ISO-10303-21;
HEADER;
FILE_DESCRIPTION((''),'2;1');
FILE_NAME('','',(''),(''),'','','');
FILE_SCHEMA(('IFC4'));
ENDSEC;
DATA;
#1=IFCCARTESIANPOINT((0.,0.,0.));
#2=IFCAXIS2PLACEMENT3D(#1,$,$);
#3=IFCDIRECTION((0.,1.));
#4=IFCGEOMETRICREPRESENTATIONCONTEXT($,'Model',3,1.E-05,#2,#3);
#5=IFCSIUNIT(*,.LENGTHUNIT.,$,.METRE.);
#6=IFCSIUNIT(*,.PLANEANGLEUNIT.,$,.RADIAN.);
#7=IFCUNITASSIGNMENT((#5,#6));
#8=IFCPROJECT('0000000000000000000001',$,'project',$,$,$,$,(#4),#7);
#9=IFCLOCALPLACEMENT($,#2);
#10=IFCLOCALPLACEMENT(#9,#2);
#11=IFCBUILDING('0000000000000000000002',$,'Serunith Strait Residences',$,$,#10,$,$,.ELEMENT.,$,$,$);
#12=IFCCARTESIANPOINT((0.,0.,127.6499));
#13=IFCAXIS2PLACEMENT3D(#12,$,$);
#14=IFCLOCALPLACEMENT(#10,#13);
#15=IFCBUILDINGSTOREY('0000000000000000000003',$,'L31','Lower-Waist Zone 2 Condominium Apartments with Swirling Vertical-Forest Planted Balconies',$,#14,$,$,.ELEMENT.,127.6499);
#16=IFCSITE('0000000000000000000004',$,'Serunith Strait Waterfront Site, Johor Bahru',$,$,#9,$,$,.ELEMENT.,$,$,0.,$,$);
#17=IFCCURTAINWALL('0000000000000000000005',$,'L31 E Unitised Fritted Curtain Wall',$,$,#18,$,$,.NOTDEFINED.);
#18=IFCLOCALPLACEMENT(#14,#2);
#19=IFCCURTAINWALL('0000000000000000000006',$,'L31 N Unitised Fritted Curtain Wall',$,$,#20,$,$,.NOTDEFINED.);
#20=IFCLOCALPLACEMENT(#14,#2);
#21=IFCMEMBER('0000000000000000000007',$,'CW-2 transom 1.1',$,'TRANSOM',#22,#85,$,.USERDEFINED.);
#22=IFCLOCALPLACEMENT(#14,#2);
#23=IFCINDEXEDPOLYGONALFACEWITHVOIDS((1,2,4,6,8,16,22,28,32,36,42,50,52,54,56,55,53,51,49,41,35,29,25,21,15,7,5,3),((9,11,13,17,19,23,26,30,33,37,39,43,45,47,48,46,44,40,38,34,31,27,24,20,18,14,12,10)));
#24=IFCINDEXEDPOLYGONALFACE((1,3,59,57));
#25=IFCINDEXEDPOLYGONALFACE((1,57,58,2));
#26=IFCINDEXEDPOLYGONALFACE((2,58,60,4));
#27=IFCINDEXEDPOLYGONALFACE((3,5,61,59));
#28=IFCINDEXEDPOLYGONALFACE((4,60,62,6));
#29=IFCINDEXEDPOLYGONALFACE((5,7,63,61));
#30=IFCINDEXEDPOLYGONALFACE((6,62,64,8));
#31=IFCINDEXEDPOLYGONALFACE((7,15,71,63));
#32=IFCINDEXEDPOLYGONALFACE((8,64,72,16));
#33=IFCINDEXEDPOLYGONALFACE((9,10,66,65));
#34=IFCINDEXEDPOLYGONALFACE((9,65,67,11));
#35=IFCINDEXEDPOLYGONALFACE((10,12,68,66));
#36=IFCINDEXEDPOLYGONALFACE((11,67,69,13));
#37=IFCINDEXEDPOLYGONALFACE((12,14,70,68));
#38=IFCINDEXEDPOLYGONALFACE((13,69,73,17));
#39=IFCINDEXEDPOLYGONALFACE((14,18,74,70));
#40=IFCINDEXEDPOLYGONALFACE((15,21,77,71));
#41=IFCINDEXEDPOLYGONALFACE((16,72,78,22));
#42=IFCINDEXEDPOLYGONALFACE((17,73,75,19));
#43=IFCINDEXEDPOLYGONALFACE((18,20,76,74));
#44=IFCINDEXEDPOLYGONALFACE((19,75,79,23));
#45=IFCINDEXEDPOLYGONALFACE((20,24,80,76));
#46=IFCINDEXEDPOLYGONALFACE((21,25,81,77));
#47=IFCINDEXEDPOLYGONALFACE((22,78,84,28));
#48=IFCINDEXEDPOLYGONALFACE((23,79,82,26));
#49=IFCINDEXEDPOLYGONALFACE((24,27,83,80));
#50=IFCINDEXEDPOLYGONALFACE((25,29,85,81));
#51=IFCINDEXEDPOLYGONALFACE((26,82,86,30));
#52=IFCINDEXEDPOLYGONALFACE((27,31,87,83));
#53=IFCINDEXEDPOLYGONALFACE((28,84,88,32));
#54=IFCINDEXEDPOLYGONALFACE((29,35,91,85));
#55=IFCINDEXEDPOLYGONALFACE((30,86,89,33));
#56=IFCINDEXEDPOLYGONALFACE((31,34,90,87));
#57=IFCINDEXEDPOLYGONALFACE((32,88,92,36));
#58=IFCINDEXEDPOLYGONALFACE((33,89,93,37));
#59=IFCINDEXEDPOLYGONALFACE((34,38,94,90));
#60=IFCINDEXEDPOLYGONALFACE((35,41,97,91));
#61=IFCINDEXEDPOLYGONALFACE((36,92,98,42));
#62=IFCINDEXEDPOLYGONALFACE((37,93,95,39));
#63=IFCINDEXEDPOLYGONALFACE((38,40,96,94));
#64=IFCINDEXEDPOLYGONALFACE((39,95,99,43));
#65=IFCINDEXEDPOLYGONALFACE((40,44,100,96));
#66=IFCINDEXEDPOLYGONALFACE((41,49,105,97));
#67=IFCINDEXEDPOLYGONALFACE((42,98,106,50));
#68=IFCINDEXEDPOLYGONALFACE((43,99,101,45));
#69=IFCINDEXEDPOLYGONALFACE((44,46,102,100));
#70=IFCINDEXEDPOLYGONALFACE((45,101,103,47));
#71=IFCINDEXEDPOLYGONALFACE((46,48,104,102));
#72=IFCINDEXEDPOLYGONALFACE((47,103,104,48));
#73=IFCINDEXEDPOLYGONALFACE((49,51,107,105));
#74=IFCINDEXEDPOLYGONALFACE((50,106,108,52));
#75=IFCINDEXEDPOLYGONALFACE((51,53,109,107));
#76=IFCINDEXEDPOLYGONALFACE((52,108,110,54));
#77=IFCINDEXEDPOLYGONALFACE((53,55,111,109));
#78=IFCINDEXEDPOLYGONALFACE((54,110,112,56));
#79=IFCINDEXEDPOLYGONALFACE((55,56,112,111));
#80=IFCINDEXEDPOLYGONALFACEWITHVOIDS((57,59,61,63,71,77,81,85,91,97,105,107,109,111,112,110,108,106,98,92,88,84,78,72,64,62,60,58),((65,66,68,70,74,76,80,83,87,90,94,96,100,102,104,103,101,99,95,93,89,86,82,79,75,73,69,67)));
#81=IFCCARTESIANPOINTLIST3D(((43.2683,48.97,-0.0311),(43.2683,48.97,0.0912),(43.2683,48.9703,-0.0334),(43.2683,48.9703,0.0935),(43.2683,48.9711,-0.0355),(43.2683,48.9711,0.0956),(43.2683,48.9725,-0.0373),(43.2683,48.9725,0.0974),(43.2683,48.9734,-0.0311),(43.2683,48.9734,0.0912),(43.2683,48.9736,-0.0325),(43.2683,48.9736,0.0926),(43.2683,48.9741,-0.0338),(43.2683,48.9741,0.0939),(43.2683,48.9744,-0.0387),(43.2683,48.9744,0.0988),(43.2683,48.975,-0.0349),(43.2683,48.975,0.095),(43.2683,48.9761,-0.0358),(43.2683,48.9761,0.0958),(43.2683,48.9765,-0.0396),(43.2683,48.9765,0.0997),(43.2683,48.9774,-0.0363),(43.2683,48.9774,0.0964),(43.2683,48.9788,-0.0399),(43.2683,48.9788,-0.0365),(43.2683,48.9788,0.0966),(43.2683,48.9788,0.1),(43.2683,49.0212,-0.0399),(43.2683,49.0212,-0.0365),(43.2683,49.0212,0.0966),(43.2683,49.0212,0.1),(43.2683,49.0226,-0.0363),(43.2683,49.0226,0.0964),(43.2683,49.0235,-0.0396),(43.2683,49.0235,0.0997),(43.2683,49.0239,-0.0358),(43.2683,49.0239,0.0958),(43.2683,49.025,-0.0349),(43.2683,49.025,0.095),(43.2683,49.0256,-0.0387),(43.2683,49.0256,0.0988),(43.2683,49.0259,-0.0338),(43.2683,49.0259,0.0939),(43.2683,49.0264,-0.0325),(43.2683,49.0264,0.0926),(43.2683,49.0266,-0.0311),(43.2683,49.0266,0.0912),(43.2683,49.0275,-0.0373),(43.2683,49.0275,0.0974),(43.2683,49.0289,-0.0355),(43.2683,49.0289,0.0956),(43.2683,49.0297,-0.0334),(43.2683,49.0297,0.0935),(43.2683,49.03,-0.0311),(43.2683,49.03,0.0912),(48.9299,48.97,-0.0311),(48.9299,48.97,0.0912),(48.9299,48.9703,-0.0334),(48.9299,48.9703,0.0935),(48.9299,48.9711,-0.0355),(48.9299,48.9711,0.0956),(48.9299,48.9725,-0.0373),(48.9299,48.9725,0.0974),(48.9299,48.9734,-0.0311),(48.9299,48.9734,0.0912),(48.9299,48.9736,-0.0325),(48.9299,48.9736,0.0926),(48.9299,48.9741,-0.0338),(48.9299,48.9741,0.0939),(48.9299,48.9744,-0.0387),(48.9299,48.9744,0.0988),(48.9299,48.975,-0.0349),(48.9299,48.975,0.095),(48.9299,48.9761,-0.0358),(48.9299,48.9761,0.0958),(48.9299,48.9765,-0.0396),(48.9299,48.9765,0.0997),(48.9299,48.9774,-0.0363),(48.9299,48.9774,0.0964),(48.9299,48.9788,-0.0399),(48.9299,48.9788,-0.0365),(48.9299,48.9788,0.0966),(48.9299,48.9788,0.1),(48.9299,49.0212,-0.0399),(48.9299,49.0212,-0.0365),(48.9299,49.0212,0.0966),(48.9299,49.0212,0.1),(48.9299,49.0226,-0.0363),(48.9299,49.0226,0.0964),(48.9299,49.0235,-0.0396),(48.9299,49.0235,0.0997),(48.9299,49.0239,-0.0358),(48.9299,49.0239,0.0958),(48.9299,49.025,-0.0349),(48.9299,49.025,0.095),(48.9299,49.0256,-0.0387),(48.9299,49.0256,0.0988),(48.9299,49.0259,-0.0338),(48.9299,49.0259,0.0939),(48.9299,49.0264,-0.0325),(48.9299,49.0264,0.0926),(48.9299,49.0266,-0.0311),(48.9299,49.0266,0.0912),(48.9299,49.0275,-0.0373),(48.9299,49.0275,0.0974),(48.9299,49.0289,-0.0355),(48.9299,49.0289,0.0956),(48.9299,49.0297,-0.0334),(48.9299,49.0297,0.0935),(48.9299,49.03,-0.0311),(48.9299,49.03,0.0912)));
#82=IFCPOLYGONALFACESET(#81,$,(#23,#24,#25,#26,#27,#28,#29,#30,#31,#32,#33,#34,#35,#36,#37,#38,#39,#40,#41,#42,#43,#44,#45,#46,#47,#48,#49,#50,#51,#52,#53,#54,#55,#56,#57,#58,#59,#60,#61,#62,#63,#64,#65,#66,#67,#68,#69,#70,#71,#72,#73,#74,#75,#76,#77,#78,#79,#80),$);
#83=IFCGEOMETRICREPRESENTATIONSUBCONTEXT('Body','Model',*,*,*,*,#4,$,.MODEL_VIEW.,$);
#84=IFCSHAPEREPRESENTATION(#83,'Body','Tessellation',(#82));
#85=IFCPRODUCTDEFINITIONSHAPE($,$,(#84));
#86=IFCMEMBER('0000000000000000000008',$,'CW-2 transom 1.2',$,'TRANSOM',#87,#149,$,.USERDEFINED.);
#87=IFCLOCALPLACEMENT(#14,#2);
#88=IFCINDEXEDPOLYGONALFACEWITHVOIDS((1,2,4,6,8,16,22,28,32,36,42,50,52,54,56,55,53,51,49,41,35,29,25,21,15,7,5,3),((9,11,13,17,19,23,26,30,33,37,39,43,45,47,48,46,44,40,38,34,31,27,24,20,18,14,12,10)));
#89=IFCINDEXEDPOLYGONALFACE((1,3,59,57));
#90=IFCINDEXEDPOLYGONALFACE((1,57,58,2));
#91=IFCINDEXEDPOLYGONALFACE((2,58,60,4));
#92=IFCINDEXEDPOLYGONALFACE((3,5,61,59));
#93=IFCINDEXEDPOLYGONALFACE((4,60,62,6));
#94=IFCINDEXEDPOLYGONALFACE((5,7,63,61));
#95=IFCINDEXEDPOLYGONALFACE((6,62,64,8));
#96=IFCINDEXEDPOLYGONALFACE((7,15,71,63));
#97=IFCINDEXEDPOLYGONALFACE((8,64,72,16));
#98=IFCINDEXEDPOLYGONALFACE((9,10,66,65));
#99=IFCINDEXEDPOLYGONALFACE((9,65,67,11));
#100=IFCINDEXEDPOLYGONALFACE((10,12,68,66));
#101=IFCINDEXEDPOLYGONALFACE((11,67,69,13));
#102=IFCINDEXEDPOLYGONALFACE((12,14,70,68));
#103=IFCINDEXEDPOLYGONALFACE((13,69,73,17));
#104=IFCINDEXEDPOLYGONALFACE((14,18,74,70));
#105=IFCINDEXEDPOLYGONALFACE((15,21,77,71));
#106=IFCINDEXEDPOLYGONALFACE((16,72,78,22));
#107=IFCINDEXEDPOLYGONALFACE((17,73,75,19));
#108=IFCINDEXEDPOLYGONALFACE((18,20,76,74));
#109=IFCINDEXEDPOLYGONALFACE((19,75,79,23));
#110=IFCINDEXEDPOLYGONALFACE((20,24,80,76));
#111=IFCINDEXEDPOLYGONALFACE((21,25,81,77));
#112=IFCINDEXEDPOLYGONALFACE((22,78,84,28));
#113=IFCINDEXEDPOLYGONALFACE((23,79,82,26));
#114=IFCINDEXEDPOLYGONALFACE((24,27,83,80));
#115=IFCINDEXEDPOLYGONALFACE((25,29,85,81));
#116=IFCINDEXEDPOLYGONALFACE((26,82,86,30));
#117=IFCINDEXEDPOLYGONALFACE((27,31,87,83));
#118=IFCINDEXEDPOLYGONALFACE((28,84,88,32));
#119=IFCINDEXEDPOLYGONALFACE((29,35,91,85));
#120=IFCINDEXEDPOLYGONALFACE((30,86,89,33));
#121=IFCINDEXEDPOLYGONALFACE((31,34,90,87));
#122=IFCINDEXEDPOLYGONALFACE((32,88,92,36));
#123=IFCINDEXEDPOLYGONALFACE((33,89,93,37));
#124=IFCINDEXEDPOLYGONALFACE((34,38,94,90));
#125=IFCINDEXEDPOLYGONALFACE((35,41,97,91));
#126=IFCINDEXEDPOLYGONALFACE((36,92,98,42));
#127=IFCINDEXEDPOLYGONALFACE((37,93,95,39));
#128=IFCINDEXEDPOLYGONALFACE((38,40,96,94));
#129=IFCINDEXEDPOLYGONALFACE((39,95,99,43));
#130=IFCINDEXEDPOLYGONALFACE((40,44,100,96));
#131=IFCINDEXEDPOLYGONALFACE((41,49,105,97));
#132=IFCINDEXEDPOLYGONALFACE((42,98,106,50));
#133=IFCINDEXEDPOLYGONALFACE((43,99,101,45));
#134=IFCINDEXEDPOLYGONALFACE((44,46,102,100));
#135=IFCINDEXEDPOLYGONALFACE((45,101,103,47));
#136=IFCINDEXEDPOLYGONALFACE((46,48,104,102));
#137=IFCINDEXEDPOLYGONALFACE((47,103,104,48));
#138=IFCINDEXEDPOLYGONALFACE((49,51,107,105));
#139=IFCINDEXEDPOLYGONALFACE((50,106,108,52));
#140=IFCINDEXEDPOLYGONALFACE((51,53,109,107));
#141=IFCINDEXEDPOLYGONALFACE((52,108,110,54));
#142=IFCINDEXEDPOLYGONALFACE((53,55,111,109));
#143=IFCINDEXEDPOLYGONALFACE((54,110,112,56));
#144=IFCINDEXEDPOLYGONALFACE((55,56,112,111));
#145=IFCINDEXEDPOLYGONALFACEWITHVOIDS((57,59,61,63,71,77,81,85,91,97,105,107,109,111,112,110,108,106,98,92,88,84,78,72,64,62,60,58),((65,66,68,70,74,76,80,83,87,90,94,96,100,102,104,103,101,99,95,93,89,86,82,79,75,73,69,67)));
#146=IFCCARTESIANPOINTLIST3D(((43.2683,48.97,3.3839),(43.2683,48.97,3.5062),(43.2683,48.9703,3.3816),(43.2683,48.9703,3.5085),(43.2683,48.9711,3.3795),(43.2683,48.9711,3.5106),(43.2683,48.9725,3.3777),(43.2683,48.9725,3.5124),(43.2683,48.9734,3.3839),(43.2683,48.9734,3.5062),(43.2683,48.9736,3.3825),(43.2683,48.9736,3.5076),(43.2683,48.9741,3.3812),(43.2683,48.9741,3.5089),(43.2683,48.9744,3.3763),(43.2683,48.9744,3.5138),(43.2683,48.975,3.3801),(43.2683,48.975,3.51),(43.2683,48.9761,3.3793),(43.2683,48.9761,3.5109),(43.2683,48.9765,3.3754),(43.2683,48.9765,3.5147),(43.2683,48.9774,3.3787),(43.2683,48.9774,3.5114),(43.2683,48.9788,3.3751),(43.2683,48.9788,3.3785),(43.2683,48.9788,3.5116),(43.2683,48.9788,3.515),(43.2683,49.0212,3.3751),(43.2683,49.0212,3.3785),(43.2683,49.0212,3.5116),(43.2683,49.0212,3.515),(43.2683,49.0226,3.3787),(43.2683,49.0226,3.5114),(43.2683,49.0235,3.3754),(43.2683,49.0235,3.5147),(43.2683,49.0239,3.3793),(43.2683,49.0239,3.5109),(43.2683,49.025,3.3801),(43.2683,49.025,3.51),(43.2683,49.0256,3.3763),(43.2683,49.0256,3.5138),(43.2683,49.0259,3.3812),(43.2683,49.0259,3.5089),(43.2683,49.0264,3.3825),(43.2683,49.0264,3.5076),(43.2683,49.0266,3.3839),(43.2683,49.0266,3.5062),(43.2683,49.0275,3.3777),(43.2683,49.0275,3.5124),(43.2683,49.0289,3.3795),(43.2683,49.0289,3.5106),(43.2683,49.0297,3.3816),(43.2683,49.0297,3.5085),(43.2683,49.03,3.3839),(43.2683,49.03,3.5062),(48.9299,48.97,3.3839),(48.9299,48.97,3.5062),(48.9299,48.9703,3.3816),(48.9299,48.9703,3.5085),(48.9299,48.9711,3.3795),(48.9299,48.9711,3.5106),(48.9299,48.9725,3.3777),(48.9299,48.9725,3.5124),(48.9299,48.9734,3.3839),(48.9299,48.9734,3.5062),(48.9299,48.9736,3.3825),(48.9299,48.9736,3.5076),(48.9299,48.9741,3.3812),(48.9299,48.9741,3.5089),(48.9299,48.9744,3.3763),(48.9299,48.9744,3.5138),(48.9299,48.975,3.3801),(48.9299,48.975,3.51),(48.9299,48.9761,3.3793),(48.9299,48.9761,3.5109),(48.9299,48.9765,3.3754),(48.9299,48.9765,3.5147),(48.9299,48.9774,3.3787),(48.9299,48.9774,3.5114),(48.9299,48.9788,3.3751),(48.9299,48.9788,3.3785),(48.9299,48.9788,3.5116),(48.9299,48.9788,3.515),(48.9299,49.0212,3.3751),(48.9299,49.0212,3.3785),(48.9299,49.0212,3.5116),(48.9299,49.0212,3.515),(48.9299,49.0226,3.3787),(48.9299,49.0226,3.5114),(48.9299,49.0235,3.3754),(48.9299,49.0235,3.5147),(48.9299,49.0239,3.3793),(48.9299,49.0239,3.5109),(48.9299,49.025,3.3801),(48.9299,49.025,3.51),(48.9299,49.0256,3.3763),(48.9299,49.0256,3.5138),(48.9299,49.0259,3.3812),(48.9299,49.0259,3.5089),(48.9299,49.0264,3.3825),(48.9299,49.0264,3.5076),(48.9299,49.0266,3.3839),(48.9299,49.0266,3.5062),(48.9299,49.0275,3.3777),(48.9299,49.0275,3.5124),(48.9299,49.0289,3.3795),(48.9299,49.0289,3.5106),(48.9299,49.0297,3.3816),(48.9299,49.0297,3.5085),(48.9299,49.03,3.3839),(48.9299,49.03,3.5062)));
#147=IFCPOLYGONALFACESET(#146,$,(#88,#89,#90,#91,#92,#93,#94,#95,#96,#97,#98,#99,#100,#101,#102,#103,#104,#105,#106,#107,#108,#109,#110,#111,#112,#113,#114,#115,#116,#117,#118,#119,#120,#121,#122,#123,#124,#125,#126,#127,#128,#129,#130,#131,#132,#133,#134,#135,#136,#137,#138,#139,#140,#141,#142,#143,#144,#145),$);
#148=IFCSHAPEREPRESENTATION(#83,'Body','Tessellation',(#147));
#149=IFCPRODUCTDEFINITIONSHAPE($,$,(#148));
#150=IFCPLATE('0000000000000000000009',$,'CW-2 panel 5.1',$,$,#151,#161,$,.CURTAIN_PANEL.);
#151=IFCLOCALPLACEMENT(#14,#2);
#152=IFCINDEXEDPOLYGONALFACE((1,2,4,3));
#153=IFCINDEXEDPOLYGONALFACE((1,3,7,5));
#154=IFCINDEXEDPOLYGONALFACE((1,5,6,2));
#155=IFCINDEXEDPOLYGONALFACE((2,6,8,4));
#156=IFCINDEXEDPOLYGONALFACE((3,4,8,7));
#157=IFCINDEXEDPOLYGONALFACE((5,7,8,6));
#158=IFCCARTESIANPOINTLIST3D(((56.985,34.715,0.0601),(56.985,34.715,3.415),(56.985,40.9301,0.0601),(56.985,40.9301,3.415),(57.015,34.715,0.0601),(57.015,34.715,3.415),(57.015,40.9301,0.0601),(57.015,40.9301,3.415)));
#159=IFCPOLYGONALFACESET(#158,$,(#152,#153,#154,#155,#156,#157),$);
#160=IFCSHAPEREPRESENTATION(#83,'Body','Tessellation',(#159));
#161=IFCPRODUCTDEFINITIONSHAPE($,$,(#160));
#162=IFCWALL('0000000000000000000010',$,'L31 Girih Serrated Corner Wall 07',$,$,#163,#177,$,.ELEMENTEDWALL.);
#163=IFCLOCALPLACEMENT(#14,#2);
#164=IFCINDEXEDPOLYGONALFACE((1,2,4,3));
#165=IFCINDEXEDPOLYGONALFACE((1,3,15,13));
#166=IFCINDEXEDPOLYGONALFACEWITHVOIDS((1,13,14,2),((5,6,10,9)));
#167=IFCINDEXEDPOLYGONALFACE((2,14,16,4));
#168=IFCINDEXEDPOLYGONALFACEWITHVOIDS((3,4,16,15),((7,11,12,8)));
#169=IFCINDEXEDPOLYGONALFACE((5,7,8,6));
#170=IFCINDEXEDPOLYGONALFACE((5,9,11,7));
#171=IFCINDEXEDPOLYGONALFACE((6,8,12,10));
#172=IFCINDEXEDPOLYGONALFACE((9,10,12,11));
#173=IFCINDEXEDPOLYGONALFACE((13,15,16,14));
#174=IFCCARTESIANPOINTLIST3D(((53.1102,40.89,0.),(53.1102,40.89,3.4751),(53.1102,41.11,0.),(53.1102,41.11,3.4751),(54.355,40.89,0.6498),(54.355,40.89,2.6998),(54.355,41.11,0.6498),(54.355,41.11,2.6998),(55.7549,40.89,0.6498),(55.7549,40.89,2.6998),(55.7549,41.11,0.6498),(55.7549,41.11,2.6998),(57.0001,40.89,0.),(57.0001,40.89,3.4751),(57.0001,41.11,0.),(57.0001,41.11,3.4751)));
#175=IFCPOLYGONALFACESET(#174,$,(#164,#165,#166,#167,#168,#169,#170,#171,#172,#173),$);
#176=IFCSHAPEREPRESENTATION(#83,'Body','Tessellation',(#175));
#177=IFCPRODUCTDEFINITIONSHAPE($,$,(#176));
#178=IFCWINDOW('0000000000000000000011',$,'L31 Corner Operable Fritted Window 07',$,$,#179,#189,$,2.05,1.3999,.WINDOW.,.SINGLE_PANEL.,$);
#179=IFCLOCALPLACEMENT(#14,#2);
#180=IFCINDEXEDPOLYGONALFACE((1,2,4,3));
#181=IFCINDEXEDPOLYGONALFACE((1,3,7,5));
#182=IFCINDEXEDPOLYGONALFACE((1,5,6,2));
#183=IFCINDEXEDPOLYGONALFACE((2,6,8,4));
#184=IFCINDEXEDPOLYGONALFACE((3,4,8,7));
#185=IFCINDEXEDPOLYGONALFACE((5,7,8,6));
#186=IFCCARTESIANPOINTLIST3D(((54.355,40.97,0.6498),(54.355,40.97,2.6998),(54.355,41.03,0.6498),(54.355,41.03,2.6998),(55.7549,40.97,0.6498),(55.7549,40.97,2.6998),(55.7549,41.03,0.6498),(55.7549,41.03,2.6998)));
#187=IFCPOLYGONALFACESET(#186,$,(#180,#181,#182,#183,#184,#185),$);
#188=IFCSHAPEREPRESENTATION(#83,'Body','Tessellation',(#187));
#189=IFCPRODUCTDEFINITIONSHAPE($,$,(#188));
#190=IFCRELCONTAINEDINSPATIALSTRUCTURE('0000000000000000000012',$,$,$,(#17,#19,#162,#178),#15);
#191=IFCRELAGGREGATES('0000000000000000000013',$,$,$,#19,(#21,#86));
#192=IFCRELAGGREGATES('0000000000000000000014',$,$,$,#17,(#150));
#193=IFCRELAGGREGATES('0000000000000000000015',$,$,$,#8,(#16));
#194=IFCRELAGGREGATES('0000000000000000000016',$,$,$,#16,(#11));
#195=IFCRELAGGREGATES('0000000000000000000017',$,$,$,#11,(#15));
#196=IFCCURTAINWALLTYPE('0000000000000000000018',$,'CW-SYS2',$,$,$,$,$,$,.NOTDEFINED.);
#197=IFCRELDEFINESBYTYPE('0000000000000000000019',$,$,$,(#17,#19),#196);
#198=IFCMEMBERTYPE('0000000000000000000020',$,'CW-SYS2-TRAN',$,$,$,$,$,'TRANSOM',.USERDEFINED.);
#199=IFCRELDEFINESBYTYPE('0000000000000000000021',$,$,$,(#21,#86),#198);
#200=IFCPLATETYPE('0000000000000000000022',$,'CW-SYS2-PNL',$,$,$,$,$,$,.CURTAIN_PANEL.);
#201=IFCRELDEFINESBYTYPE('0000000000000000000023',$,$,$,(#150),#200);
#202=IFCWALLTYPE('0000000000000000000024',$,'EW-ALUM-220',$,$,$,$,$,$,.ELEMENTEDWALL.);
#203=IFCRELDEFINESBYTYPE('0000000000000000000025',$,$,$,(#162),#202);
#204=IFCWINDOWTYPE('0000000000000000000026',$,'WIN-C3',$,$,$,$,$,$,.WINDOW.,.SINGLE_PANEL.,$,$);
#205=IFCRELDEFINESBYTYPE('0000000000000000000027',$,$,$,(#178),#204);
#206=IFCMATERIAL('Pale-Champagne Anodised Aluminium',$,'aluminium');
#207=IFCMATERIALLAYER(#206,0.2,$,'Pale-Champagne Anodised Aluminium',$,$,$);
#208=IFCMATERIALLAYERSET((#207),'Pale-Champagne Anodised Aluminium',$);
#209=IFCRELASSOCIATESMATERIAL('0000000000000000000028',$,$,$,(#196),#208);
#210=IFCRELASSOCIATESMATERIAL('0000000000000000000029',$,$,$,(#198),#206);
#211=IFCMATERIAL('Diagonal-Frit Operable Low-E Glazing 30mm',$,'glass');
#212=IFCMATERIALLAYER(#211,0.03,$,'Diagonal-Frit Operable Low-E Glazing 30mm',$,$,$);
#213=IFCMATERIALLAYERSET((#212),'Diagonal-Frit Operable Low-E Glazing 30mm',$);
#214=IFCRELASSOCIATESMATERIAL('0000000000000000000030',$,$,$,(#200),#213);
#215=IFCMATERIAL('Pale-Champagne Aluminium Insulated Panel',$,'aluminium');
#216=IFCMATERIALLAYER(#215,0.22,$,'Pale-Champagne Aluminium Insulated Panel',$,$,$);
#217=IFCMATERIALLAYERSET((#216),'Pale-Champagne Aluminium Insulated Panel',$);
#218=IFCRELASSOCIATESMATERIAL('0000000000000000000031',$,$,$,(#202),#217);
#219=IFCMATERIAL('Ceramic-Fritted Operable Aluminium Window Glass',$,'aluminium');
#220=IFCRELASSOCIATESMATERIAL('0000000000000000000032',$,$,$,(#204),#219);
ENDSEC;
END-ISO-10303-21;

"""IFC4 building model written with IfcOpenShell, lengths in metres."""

from ifc_helpers import new_model, si_unit, direction, frame, frame_2d, origin, origin_2d, place, context, subcontext, project, spatial, rectangle, hollow_rectangle, extrude, source, transform, mapped, material, layer, layer_set, material_profile, profile_set, type_object, element, fill, aggregate, save


model = new_model("IFC4")

# Units and contexts
model_context = context("Model", 3, precision=1e-05, world=origin(), true_north=direction((0.0, 1.0)))
body_context = subcontext(model_context, "Body", "Model", "MODEL_VIEW")
ifc_project = project(units=[si_unit("LENGTHUNIT", "METRE"), si_unit("PLANEANGLEUNIT", "RADIAN")], contexts=[model_context])

# Site, building, storey
site_placement = place(None, origin())
site = spatial("IfcSite", under=ifc_project, at=site_placement, Name="Serunith Strait Waterfront Site, Johor Bahru", CompositionType="ELEMENT", RefElevation=0.0)
building_placement = place(site_placement, origin())
building = spatial("IfcBuilding", under=site, at=building_placement, Name="Serunith Strait Residences", CompositionType="ELEMENT")
storey_placement = place(building_placement, frame((0.0, 0.0, 127.6499)))
storey = spatial("IfcBuildingStorey", under=building, at=storey_placement, Name="L31", Description="Lower-Waist Zone 2 Condominium Apartments with Swirling Vertical-Forest Planted Balconies", CompositionType="ELEMENT", Elevation=127.6499)

# Curtain wall
ifc_material_1 = material(Name="Pale-Champagne Anodised Aluminium", Category="aluminium")
ifc_layer_1 = layer(ifc_material_1, 0.2, Name="Pale-Champagne Anodised Aluminium")
ifc_layer_set_1 = layer_set([ifc_layer_1], Name="Pale-Champagne Anodised Aluminium")
curtain_wall_type = type_object("IfcCurtainWallType", Name="CW-SYS2", PredefinedType="NOTDEFINED", material=ifc_layer_set_1)
curtain_wall_1_placement = place(storey_placement, origin())
curtain_wall_1 = element("IfcCurtainWall", 1, at=curtain_wall_1_placement, inside=storey, type_object=curtain_wall_type, Name="L31 E Unitised Fritted Curtain Wall", PredefinedType="NOTDEFINED")

# Curtain wall, members
curtain_wall_2_placement = place(storey_placement, origin())
curtain_wall_2 = element("IfcCurtainWall", 2, at=curtain_wall_2_placement, inside=storey, type_object=curtain_wall_type, Name="L31 N Unitised Fritted Curtain Wall", PredefinedType="NOTDEFINED")
ifc_material_profile_1 = material_profile(ifc_material_1, hollow_rectangle(XDim=0.0601, YDim=0.1399, WallThickness=0.0034, InnerFilletRadius=0.0054, OuterFilletRadius=0.0088, at=origin_2d()), Name="ALU 140x60x3.5")
ifc_profile_set_1 = profile_set([ifc_material_profile_1], Name="Pale-Champagne Anodised Aluminium")
member_type_1 = type_object("IfcMemberType", Name="CW-SYS2-TRAN", ElementType="TRANSOM", PredefinedType="USERDEFINED", material=ifc_profile_set_1)
shared_shape_1 = source(origin(), body_context, "Body", "SweptSolid", [
    extrude(hollow_rectangle(XDim=0.0601, YDim=0.1399, WallThickness=0.0034, InnerFilletRadius=0.0054, OuterFilletRadius=0.0088, at=origin_2d()), origin(), (0.0, 0.0, 1.0), 5.6616),
])
member_1_placement = place(storey_placement, frame((48.9299, 49.0, 0.03), z_axis=(-1.0, 0.0, 0.0), x_axis=(0.0, -1.0, 0.0)))
member_1 = element("IfcMember", 3, at=member_1_placement, type_object=member_type_1, Name="CW-2 transom 1.1", ObjectType="TRANSOM", PredefinedType="USERDEFINED", context=body_context, shape_type="MappedRepresentation", body=[
    mapped(shared_shape_1, transform((0.0, 0.0, 0.0), scale=1.0)),
])
member_2_placement = place(storey_placement, frame((48.9299, 49.0, 3.4451), z_axis=(-1.0, 0.0, 0.0), x_axis=(0.0, -1.0, 0.0)))
member_2 = element("IfcMember", 4, at=member_2_placement, type_object=member_type_1, Name="CW-2 transom 1.2", ObjectType="TRANSOM", PredefinedType="USERDEFINED", context=body_context, shape_type="MappedRepresentation", body=[
    mapped(shared_shape_1, transform((0.0, 0.0, 0.0), scale=1.0)),
])
aggregate(curtain_wall_2, [member_1, member_2])

# Plate
ifc_material_2 = material(Name="Diagonal-Frit Operable Low-E Glazing 30mm", Category="glass")
ifc_layer_2 = layer(ifc_material_2, 0.03, Name="Diagonal-Frit Operable Low-E Glazing 30mm")
ifc_layer_set_2 = layer_set([ifc_layer_2], Name="Diagonal-Frit Operable Low-E Glazing 30mm")
plate_type = type_object("IfcPlateType", Name="CW-SYS2-PNL", PredefinedType="CURTAIN_PANEL", material=ifc_layer_set_2)
shared_shape_2 = source(origin(), body_context, "Body", "SweptSolid", [
    extrude(rectangle(XDim=6.2151, YDim=0.03, at=origin_2d()), origin(), (0.0, 0.0, 1.0), 3.355),
])
plate_placement = place(storey_placement, frame((57.0, 37.8225, 0.0601), z_axis=(0.0, 0.0, 1.0), x_axis=(0.0, 1.0, 0.0)))
plate = element("IfcPlate", 5, at=plate_placement, type_object=plate_type, Name="CW-2 panel 5.1", PredefinedType="CURTAIN_PANEL", context=body_context, shape_type="MappedRepresentation", body=[
    mapped(shared_shape_2, transform((0.0, 0.0, 0.0), scale=1.0)),
])
aggregate(curtain_wall_1, [plate])

# Wall, opening, window
ifc_material_3 = material(Name="Pale-Champagne Aluminium Insulated Panel", Category="aluminium")
ifc_layer_3 = layer(ifc_material_3, 0.22, Name="Pale-Champagne Aluminium Insulated Panel")
ifc_layer_set_3 = layer_set([ifc_layer_3], Name="Pale-Champagne Aluminium Insulated Panel")
wall_type_1 = type_object("IfcWallType", Name="EW-ALUM-220", PredefinedType="ELEMENTEDWALL", material=ifc_layer_set_3)
wall_1_placement = place(storey_placement, frame((57.0, 41.0, 0.0), z_axis=(0.0, 0.0, 1.0), x_axis=(-1.0, 0.0, 0.0)))
wall_1 = element("IfcWall", 6, at=wall_1_placement, inside=storey, type_object=wall_type_1, Name="L31 Girih Serrated Corner Wall 07", PredefinedType="ELEMENTEDWALL", context=body_context, shape_type="SweptSolid", body=[
    extrude(rectangle(XDim=3.8899, YDim=0.22, at=frame_2d((1.9448, 0.0))), origin(), (0.0, 0.0, 1.0), 3.4751),
])
opening_1_placement = place(wall_1_placement, frame((1.2451, 0.0, 0.6499)))
opening_1 = element("IfcOpeningElement", 7, at=opening_1_placement, cuts=wall_1, PredefinedType="OPENING", context=body_context, shape_type="SweptSolid", body=[
    extrude(rectangle(XDim=1.3999, YDim=2.05, at=frame_2d((0.7, 1.0249))), frame((0.0, 0.1201, 0.0), z_axis=(0.0, -1.0, 0.0), x_axis=(1.0, 0.0, 0.0)), (0.0, 0.0, 1.0), 0.24),
])
ifc_material_4 = material(Name="Ceramic-Fritted Operable Aluminium Window Glass", Category="aluminium")
window_type = type_object("IfcWindowType", Name="WIN-C3", PartitioningType="SINGLE_PANEL", PredefinedType="WINDOW", material=ifc_material_4)
shared_shape_3 = source(origin(), body_context, "Body", "SweptSolid", [
    extrude(rectangle(XDim=1.3999, YDim=2.05, at=frame_2d((0.7, 1.0249))), frame((0.0, 0.03, 0.0), z_axis=(0.0, -1.0, 0.0), x_axis=(1.0, 0.0, 0.0)), (0.0, 0.0, 1.0), 0.0601),
])
window_1_placement = place(opening_1_placement, origin())
window_1 = element("IfcWindow", 8, at=window_1_placement, inside=storey, type_object=window_type, Name="L31 Corner Operable Fritted Window 07", OverallHeight=2.05, OverallWidth=1.3999, PartitioningType="SINGLE_PANEL", PredefinedType="WINDOW", context=body_context, shape_type="MappedRepresentation", body=[
    mapped(shared_shape_3, transform((0.0, 0.0, 0.0), scale=1.0)),
])
fill(opening_1, window_1)

save(model, "model.ifc")
